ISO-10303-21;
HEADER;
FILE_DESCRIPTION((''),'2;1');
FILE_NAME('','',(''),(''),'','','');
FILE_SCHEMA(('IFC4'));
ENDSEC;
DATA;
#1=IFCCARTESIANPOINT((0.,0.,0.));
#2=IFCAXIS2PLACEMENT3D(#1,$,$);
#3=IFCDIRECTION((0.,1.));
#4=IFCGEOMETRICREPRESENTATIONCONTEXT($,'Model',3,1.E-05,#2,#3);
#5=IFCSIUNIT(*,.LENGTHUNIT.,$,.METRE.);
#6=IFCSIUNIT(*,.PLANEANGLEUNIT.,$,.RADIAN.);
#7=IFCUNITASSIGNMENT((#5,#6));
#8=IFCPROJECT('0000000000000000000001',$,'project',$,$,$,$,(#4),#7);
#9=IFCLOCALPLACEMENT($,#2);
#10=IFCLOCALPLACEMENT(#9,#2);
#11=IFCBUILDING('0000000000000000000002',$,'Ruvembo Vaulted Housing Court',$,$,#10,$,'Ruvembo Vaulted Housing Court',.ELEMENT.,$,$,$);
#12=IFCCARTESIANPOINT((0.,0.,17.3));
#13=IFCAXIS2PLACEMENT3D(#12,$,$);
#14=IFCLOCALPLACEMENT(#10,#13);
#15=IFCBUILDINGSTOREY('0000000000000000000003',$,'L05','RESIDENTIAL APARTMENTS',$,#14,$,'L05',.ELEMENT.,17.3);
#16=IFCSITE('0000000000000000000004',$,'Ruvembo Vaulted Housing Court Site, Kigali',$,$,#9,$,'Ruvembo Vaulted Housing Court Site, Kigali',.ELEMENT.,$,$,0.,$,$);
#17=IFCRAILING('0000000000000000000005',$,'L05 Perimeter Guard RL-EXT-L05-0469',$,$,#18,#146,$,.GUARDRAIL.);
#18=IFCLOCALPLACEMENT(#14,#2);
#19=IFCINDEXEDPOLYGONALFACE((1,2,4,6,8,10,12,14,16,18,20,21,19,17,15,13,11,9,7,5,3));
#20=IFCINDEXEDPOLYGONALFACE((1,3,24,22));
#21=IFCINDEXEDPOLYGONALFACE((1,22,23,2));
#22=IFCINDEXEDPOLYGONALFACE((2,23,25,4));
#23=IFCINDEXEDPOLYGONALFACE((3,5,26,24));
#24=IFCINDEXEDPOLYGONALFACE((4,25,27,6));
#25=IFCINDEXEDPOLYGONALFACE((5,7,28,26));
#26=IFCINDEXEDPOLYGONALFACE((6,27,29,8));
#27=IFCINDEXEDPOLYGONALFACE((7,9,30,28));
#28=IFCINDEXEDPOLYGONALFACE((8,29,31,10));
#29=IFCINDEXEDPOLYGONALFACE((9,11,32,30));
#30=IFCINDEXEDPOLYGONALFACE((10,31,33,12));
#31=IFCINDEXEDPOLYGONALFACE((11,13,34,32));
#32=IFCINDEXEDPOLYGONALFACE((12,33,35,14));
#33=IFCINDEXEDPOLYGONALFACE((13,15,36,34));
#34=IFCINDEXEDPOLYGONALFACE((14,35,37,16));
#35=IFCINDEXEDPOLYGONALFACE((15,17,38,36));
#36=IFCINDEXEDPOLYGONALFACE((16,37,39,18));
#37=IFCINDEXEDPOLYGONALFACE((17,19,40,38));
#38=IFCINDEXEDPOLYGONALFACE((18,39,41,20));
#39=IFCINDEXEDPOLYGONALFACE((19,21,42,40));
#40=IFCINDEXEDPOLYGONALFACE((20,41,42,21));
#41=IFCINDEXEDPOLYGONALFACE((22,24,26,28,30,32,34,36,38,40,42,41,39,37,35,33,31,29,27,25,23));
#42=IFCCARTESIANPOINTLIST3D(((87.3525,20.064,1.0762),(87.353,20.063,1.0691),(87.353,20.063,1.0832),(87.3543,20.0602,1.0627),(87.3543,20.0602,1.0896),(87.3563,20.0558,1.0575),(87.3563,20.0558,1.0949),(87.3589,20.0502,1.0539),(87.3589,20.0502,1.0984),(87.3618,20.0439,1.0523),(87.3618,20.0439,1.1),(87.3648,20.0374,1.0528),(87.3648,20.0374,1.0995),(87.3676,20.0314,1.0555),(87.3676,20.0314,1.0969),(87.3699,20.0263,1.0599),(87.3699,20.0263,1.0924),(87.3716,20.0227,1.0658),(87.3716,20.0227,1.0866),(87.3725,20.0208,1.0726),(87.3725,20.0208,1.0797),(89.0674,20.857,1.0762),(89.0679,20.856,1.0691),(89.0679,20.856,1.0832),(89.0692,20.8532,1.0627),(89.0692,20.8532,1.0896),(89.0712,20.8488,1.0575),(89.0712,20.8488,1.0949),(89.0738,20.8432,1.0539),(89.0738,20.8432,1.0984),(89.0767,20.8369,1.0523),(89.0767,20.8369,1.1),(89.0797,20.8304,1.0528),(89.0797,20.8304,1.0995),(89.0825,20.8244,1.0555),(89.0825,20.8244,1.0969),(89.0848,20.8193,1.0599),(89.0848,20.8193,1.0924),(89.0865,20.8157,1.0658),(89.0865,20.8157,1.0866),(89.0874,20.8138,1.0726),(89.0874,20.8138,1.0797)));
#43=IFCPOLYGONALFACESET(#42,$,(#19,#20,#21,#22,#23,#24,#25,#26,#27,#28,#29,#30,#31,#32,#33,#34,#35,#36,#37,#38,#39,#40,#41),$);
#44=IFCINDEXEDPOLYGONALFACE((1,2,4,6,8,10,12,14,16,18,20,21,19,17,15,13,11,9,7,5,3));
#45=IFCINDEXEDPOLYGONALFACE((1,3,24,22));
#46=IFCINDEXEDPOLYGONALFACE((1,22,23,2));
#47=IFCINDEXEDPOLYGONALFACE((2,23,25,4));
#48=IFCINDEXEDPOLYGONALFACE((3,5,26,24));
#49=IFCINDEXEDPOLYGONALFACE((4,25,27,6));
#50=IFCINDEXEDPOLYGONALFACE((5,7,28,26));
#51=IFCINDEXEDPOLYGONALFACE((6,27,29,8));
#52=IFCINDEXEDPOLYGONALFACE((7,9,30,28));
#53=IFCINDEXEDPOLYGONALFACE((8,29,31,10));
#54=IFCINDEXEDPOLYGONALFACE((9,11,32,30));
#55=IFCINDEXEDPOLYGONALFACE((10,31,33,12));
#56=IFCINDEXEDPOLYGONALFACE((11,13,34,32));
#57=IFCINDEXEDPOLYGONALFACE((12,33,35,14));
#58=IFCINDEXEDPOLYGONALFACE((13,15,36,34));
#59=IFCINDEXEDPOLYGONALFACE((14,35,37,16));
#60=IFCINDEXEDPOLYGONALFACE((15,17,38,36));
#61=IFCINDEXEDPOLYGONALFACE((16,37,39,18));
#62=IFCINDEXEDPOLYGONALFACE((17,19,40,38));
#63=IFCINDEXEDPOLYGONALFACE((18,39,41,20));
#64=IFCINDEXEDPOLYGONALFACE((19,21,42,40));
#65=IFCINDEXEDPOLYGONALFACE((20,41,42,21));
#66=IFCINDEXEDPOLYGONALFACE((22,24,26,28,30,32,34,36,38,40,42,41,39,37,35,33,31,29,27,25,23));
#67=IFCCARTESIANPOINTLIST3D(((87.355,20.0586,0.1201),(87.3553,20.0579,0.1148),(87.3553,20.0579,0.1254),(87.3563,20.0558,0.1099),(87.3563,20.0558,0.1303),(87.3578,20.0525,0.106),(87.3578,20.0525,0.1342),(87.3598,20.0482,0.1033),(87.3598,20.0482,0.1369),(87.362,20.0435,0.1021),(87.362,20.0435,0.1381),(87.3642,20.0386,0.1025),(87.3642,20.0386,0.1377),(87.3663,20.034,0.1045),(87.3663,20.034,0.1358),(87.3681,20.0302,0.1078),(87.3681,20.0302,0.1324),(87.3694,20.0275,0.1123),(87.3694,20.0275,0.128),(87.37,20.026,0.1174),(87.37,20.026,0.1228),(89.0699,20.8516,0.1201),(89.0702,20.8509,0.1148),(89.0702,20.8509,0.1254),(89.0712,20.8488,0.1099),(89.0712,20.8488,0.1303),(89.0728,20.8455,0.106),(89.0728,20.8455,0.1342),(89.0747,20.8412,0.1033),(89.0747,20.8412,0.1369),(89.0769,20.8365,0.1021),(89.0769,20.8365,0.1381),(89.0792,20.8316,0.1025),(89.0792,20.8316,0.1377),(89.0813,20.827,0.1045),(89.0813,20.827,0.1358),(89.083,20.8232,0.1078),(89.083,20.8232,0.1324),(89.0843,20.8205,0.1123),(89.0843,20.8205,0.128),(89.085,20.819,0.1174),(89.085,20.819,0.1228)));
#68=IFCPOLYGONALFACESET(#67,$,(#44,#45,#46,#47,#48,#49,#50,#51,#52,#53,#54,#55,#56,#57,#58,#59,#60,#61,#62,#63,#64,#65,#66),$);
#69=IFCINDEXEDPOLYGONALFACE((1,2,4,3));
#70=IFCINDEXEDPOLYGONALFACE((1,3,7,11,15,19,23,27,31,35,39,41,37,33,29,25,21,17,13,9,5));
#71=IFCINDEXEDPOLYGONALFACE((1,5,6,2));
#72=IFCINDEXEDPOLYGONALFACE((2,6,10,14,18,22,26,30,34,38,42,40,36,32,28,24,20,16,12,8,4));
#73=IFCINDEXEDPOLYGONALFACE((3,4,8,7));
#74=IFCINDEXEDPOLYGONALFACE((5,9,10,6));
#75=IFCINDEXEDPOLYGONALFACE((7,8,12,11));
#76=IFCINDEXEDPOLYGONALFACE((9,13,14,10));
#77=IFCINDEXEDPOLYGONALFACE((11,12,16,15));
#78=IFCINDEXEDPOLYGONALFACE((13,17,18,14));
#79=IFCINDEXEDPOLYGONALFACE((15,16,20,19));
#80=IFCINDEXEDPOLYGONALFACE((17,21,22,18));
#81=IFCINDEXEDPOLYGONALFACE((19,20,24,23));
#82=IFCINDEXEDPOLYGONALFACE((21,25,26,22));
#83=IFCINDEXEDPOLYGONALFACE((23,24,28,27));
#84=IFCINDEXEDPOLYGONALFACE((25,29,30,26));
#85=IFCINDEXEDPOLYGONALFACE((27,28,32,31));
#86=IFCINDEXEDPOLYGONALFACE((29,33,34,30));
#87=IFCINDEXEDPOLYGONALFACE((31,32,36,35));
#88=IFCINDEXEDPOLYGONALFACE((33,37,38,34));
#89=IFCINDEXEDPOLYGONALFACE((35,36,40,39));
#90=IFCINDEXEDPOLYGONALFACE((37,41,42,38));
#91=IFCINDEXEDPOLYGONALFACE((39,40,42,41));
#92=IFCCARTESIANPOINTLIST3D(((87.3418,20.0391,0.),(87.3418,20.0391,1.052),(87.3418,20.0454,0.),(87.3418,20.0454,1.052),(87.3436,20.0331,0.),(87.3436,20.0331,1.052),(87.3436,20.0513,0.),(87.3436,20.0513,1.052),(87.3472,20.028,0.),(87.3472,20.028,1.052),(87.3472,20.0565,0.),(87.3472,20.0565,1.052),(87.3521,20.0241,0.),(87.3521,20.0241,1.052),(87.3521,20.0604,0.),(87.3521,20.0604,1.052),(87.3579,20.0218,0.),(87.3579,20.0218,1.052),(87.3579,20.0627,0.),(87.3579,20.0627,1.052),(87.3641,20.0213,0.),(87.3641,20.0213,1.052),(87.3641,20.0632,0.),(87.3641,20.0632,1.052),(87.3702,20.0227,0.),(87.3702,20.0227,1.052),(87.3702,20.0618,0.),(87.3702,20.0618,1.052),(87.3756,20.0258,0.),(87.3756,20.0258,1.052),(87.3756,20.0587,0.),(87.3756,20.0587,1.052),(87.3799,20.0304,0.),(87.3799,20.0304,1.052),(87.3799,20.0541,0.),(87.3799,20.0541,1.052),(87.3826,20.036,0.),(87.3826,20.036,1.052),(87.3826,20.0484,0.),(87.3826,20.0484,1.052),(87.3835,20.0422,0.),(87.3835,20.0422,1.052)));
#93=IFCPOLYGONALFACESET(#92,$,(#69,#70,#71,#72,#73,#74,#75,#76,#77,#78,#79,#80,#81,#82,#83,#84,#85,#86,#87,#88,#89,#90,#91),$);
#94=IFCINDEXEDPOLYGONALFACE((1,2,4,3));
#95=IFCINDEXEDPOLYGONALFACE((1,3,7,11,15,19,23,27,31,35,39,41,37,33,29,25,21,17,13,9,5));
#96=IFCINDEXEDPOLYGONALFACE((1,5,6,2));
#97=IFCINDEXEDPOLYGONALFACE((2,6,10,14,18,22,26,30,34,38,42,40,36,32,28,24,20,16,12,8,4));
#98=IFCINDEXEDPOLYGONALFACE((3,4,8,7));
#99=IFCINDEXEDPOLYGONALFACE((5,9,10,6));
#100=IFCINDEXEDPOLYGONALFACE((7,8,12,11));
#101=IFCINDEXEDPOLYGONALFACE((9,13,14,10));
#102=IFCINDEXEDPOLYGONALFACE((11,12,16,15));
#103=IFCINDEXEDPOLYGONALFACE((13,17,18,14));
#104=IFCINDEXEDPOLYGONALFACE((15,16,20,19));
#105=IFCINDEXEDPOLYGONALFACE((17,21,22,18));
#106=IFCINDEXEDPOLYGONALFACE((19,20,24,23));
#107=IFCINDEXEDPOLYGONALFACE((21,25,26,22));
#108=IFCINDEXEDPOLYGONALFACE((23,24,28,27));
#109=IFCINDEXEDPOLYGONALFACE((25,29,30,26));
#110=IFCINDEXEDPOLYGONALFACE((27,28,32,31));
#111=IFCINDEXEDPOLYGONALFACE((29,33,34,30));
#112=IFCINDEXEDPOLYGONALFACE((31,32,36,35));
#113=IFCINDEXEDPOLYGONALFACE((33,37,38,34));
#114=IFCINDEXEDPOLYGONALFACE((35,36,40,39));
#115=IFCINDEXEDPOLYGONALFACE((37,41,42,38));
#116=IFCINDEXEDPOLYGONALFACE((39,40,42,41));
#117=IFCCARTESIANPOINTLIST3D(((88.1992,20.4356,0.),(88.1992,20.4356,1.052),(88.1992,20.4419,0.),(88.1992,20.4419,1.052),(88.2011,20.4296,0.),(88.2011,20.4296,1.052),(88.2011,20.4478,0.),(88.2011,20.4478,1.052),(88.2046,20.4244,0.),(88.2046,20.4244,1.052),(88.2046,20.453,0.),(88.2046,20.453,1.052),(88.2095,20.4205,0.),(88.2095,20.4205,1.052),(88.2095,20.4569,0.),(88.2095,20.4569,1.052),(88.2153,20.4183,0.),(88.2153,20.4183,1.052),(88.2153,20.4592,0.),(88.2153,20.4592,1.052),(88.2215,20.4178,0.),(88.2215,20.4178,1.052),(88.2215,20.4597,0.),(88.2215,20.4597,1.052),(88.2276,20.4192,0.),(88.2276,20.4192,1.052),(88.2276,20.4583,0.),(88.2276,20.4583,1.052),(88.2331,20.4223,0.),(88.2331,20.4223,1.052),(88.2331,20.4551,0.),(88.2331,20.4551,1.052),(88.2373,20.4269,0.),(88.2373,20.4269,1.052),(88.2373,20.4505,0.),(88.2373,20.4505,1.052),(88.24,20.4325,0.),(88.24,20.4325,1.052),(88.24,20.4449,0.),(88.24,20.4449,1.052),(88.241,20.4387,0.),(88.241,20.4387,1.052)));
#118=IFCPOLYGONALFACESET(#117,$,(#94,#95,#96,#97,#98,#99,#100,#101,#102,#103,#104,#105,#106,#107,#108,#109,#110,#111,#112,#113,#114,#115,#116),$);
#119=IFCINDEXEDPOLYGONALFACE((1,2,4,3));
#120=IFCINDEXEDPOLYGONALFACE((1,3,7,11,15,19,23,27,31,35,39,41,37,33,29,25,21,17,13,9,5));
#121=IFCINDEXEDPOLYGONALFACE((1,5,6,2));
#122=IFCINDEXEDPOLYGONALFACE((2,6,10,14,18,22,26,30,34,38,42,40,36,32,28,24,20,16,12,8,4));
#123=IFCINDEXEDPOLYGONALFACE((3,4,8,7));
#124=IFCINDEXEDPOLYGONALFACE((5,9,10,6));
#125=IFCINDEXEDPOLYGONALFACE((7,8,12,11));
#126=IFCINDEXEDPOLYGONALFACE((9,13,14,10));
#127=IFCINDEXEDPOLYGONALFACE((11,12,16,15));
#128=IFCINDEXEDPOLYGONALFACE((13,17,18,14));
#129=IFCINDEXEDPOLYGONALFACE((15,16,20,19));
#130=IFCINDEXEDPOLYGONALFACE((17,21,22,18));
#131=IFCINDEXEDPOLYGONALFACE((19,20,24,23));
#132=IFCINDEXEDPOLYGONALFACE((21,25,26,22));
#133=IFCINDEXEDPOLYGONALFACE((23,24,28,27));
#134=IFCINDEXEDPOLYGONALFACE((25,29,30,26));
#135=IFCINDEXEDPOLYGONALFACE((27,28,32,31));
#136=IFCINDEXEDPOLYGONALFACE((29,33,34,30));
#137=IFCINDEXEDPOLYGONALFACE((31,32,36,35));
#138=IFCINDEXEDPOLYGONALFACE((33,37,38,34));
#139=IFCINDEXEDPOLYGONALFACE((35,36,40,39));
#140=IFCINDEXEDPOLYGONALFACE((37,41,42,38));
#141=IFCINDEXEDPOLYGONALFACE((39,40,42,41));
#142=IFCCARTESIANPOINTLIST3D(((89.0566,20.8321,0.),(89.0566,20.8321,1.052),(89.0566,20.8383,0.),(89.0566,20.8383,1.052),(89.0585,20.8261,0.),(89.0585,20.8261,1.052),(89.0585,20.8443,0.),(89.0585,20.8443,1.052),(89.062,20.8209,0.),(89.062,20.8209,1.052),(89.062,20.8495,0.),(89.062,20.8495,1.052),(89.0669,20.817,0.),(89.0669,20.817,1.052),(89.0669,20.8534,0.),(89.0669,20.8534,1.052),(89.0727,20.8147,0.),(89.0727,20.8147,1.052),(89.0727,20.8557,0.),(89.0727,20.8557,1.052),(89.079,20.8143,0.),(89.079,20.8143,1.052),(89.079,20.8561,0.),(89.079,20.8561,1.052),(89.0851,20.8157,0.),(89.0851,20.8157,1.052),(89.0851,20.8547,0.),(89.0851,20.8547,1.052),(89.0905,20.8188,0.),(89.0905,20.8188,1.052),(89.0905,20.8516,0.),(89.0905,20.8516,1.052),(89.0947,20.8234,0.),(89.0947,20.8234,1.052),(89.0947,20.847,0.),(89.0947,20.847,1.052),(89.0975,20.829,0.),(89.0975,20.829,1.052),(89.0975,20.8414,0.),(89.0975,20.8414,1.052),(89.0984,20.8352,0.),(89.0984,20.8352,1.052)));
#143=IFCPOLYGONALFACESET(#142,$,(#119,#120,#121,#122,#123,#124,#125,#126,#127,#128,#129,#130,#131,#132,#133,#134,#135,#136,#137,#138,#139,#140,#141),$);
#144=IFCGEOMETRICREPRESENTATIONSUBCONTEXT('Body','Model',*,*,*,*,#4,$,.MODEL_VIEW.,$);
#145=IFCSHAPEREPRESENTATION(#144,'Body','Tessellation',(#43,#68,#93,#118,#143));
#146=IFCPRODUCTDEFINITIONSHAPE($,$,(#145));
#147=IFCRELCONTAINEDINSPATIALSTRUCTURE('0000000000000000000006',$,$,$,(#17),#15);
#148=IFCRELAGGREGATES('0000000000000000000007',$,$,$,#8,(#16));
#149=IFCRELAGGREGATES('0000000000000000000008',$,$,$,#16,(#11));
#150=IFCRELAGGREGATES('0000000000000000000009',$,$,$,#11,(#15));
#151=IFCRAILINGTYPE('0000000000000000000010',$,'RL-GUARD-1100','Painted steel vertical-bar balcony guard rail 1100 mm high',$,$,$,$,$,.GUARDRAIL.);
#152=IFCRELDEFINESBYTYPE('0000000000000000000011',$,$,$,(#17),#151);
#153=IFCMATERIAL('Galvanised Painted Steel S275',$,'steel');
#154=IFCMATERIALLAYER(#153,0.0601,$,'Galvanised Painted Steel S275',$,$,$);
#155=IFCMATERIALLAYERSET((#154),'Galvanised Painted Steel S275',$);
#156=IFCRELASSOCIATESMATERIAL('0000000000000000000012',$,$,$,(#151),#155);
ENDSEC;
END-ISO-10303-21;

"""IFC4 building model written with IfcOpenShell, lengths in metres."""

from ifc_helpers import new_model, si_unit, direction, frame, origin, origin_2d, place, context, subcontext, project, spatial, circle, extrude, material, layer, layer_set, type_object, element, save


model = new_model("IFC4")

# Units and contexts
model_context = context("Model", 3, precision=1e-05, world=origin(), true_north=direction((0.0, 1.0)))
body_context = subcontext(model_context, "Body", "Model", "MODEL_VIEW")
ifc_project = project(units=[si_unit("LENGTHUNIT", "METRE"), si_unit("PLANEANGLEUNIT", "RADIAN")], contexts=[model_context])

# Site, building, storey
site_placement = place(None, origin())
site = spatial("IfcSite", under=ifc_project, at=site_placement, Name="Ruvembo Vaulted Housing Court Site, Kigali", LongName="Ruvembo Vaulted Housing Court Site, Kigali", CompositionType="ELEMENT", RefElevation=0.0)
building_placement = place(site_placement, origin())
building = spatial("IfcBuilding", under=site, at=building_placement, Name="Ruvembo Vaulted Housing Court", LongName="Ruvembo Vaulted Housing Court", CompositionType="ELEMENT")
storey_placement = place(building_placement, frame((0.0, 0.0, 17.3)))
storey = spatial("IfcBuildingStorey", under=building, at=storey_placement, Name="L05", Description="RESIDENTIAL APARTMENTS", LongName="L05", CompositionType="ELEMENT", Elevation=17.3)

# Railing
ifc_material_1 = material(Name="Galvanised Painted Steel S275", Category="steel")
ifc_layer_1 = layer(ifc_material_1, 0.0601, Name="Galvanised Painted Steel S275")
ifc_layer_set_1 = layer_set([ifc_layer_1], Name="Galvanised Painted Steel S275")
railing_type = type_object("IfcRailingType", Name="RL-GUARD-1100", Description="Painted steel vertical-bar balcony guard rail 1100 mm high", PredefinedType="GUARDRAIL", material=ifc_layer_set_1)
railing_1_placement = place(storey_placement, frame((87.3625, 20.0422, 0.0)))
element("IfcRailing", 1, at=railing_1_placement, inside=storey, type_object=railing_type, Name="L05 Perimeter Guard RL-EXT-L05-0469", PredefinedType="GUARDRAIL", context=body_context, shape_type="SweptSolid", body=[
    extrude(circle(Radius=0.0239, at=origin_2d()), frame((0.0, 0.0, 1.0762), z_axis=(0.907657, 0.419714, 0.0), x_axis=(-0.419714, 0.907657, 0.0)), (0.0, 0.0, 1.0), 1.8894),
    extrude(circle(Radius=0.0181, at=origin_2d()), frame((0.0, 0.0, 0.1201), z_axis=(0.907657, 0.419714, 0.0), x_axis=(-0.419714, 0.907657, 0.0)), (0.0, 0.0, 1.0), 1.8894),
    extrude(circle(Radius=0.021, at=origin_2d()), origin(), (0.0, 0.0, 1.0), 1.052),
    extrude(circle(Radius=0.021, at=origin_2d()), frame((0.8574, 0.3965, 0.0)), (0.0, 0.0, 1.0), 1.052),
    extrude(circle(Radius=0.021, at=origin_2d()), frame((1.7148, 0.793, 0.0)), (0.0, 0.0, 1.0), 1.052),
])

save(model, "model.ifc")
